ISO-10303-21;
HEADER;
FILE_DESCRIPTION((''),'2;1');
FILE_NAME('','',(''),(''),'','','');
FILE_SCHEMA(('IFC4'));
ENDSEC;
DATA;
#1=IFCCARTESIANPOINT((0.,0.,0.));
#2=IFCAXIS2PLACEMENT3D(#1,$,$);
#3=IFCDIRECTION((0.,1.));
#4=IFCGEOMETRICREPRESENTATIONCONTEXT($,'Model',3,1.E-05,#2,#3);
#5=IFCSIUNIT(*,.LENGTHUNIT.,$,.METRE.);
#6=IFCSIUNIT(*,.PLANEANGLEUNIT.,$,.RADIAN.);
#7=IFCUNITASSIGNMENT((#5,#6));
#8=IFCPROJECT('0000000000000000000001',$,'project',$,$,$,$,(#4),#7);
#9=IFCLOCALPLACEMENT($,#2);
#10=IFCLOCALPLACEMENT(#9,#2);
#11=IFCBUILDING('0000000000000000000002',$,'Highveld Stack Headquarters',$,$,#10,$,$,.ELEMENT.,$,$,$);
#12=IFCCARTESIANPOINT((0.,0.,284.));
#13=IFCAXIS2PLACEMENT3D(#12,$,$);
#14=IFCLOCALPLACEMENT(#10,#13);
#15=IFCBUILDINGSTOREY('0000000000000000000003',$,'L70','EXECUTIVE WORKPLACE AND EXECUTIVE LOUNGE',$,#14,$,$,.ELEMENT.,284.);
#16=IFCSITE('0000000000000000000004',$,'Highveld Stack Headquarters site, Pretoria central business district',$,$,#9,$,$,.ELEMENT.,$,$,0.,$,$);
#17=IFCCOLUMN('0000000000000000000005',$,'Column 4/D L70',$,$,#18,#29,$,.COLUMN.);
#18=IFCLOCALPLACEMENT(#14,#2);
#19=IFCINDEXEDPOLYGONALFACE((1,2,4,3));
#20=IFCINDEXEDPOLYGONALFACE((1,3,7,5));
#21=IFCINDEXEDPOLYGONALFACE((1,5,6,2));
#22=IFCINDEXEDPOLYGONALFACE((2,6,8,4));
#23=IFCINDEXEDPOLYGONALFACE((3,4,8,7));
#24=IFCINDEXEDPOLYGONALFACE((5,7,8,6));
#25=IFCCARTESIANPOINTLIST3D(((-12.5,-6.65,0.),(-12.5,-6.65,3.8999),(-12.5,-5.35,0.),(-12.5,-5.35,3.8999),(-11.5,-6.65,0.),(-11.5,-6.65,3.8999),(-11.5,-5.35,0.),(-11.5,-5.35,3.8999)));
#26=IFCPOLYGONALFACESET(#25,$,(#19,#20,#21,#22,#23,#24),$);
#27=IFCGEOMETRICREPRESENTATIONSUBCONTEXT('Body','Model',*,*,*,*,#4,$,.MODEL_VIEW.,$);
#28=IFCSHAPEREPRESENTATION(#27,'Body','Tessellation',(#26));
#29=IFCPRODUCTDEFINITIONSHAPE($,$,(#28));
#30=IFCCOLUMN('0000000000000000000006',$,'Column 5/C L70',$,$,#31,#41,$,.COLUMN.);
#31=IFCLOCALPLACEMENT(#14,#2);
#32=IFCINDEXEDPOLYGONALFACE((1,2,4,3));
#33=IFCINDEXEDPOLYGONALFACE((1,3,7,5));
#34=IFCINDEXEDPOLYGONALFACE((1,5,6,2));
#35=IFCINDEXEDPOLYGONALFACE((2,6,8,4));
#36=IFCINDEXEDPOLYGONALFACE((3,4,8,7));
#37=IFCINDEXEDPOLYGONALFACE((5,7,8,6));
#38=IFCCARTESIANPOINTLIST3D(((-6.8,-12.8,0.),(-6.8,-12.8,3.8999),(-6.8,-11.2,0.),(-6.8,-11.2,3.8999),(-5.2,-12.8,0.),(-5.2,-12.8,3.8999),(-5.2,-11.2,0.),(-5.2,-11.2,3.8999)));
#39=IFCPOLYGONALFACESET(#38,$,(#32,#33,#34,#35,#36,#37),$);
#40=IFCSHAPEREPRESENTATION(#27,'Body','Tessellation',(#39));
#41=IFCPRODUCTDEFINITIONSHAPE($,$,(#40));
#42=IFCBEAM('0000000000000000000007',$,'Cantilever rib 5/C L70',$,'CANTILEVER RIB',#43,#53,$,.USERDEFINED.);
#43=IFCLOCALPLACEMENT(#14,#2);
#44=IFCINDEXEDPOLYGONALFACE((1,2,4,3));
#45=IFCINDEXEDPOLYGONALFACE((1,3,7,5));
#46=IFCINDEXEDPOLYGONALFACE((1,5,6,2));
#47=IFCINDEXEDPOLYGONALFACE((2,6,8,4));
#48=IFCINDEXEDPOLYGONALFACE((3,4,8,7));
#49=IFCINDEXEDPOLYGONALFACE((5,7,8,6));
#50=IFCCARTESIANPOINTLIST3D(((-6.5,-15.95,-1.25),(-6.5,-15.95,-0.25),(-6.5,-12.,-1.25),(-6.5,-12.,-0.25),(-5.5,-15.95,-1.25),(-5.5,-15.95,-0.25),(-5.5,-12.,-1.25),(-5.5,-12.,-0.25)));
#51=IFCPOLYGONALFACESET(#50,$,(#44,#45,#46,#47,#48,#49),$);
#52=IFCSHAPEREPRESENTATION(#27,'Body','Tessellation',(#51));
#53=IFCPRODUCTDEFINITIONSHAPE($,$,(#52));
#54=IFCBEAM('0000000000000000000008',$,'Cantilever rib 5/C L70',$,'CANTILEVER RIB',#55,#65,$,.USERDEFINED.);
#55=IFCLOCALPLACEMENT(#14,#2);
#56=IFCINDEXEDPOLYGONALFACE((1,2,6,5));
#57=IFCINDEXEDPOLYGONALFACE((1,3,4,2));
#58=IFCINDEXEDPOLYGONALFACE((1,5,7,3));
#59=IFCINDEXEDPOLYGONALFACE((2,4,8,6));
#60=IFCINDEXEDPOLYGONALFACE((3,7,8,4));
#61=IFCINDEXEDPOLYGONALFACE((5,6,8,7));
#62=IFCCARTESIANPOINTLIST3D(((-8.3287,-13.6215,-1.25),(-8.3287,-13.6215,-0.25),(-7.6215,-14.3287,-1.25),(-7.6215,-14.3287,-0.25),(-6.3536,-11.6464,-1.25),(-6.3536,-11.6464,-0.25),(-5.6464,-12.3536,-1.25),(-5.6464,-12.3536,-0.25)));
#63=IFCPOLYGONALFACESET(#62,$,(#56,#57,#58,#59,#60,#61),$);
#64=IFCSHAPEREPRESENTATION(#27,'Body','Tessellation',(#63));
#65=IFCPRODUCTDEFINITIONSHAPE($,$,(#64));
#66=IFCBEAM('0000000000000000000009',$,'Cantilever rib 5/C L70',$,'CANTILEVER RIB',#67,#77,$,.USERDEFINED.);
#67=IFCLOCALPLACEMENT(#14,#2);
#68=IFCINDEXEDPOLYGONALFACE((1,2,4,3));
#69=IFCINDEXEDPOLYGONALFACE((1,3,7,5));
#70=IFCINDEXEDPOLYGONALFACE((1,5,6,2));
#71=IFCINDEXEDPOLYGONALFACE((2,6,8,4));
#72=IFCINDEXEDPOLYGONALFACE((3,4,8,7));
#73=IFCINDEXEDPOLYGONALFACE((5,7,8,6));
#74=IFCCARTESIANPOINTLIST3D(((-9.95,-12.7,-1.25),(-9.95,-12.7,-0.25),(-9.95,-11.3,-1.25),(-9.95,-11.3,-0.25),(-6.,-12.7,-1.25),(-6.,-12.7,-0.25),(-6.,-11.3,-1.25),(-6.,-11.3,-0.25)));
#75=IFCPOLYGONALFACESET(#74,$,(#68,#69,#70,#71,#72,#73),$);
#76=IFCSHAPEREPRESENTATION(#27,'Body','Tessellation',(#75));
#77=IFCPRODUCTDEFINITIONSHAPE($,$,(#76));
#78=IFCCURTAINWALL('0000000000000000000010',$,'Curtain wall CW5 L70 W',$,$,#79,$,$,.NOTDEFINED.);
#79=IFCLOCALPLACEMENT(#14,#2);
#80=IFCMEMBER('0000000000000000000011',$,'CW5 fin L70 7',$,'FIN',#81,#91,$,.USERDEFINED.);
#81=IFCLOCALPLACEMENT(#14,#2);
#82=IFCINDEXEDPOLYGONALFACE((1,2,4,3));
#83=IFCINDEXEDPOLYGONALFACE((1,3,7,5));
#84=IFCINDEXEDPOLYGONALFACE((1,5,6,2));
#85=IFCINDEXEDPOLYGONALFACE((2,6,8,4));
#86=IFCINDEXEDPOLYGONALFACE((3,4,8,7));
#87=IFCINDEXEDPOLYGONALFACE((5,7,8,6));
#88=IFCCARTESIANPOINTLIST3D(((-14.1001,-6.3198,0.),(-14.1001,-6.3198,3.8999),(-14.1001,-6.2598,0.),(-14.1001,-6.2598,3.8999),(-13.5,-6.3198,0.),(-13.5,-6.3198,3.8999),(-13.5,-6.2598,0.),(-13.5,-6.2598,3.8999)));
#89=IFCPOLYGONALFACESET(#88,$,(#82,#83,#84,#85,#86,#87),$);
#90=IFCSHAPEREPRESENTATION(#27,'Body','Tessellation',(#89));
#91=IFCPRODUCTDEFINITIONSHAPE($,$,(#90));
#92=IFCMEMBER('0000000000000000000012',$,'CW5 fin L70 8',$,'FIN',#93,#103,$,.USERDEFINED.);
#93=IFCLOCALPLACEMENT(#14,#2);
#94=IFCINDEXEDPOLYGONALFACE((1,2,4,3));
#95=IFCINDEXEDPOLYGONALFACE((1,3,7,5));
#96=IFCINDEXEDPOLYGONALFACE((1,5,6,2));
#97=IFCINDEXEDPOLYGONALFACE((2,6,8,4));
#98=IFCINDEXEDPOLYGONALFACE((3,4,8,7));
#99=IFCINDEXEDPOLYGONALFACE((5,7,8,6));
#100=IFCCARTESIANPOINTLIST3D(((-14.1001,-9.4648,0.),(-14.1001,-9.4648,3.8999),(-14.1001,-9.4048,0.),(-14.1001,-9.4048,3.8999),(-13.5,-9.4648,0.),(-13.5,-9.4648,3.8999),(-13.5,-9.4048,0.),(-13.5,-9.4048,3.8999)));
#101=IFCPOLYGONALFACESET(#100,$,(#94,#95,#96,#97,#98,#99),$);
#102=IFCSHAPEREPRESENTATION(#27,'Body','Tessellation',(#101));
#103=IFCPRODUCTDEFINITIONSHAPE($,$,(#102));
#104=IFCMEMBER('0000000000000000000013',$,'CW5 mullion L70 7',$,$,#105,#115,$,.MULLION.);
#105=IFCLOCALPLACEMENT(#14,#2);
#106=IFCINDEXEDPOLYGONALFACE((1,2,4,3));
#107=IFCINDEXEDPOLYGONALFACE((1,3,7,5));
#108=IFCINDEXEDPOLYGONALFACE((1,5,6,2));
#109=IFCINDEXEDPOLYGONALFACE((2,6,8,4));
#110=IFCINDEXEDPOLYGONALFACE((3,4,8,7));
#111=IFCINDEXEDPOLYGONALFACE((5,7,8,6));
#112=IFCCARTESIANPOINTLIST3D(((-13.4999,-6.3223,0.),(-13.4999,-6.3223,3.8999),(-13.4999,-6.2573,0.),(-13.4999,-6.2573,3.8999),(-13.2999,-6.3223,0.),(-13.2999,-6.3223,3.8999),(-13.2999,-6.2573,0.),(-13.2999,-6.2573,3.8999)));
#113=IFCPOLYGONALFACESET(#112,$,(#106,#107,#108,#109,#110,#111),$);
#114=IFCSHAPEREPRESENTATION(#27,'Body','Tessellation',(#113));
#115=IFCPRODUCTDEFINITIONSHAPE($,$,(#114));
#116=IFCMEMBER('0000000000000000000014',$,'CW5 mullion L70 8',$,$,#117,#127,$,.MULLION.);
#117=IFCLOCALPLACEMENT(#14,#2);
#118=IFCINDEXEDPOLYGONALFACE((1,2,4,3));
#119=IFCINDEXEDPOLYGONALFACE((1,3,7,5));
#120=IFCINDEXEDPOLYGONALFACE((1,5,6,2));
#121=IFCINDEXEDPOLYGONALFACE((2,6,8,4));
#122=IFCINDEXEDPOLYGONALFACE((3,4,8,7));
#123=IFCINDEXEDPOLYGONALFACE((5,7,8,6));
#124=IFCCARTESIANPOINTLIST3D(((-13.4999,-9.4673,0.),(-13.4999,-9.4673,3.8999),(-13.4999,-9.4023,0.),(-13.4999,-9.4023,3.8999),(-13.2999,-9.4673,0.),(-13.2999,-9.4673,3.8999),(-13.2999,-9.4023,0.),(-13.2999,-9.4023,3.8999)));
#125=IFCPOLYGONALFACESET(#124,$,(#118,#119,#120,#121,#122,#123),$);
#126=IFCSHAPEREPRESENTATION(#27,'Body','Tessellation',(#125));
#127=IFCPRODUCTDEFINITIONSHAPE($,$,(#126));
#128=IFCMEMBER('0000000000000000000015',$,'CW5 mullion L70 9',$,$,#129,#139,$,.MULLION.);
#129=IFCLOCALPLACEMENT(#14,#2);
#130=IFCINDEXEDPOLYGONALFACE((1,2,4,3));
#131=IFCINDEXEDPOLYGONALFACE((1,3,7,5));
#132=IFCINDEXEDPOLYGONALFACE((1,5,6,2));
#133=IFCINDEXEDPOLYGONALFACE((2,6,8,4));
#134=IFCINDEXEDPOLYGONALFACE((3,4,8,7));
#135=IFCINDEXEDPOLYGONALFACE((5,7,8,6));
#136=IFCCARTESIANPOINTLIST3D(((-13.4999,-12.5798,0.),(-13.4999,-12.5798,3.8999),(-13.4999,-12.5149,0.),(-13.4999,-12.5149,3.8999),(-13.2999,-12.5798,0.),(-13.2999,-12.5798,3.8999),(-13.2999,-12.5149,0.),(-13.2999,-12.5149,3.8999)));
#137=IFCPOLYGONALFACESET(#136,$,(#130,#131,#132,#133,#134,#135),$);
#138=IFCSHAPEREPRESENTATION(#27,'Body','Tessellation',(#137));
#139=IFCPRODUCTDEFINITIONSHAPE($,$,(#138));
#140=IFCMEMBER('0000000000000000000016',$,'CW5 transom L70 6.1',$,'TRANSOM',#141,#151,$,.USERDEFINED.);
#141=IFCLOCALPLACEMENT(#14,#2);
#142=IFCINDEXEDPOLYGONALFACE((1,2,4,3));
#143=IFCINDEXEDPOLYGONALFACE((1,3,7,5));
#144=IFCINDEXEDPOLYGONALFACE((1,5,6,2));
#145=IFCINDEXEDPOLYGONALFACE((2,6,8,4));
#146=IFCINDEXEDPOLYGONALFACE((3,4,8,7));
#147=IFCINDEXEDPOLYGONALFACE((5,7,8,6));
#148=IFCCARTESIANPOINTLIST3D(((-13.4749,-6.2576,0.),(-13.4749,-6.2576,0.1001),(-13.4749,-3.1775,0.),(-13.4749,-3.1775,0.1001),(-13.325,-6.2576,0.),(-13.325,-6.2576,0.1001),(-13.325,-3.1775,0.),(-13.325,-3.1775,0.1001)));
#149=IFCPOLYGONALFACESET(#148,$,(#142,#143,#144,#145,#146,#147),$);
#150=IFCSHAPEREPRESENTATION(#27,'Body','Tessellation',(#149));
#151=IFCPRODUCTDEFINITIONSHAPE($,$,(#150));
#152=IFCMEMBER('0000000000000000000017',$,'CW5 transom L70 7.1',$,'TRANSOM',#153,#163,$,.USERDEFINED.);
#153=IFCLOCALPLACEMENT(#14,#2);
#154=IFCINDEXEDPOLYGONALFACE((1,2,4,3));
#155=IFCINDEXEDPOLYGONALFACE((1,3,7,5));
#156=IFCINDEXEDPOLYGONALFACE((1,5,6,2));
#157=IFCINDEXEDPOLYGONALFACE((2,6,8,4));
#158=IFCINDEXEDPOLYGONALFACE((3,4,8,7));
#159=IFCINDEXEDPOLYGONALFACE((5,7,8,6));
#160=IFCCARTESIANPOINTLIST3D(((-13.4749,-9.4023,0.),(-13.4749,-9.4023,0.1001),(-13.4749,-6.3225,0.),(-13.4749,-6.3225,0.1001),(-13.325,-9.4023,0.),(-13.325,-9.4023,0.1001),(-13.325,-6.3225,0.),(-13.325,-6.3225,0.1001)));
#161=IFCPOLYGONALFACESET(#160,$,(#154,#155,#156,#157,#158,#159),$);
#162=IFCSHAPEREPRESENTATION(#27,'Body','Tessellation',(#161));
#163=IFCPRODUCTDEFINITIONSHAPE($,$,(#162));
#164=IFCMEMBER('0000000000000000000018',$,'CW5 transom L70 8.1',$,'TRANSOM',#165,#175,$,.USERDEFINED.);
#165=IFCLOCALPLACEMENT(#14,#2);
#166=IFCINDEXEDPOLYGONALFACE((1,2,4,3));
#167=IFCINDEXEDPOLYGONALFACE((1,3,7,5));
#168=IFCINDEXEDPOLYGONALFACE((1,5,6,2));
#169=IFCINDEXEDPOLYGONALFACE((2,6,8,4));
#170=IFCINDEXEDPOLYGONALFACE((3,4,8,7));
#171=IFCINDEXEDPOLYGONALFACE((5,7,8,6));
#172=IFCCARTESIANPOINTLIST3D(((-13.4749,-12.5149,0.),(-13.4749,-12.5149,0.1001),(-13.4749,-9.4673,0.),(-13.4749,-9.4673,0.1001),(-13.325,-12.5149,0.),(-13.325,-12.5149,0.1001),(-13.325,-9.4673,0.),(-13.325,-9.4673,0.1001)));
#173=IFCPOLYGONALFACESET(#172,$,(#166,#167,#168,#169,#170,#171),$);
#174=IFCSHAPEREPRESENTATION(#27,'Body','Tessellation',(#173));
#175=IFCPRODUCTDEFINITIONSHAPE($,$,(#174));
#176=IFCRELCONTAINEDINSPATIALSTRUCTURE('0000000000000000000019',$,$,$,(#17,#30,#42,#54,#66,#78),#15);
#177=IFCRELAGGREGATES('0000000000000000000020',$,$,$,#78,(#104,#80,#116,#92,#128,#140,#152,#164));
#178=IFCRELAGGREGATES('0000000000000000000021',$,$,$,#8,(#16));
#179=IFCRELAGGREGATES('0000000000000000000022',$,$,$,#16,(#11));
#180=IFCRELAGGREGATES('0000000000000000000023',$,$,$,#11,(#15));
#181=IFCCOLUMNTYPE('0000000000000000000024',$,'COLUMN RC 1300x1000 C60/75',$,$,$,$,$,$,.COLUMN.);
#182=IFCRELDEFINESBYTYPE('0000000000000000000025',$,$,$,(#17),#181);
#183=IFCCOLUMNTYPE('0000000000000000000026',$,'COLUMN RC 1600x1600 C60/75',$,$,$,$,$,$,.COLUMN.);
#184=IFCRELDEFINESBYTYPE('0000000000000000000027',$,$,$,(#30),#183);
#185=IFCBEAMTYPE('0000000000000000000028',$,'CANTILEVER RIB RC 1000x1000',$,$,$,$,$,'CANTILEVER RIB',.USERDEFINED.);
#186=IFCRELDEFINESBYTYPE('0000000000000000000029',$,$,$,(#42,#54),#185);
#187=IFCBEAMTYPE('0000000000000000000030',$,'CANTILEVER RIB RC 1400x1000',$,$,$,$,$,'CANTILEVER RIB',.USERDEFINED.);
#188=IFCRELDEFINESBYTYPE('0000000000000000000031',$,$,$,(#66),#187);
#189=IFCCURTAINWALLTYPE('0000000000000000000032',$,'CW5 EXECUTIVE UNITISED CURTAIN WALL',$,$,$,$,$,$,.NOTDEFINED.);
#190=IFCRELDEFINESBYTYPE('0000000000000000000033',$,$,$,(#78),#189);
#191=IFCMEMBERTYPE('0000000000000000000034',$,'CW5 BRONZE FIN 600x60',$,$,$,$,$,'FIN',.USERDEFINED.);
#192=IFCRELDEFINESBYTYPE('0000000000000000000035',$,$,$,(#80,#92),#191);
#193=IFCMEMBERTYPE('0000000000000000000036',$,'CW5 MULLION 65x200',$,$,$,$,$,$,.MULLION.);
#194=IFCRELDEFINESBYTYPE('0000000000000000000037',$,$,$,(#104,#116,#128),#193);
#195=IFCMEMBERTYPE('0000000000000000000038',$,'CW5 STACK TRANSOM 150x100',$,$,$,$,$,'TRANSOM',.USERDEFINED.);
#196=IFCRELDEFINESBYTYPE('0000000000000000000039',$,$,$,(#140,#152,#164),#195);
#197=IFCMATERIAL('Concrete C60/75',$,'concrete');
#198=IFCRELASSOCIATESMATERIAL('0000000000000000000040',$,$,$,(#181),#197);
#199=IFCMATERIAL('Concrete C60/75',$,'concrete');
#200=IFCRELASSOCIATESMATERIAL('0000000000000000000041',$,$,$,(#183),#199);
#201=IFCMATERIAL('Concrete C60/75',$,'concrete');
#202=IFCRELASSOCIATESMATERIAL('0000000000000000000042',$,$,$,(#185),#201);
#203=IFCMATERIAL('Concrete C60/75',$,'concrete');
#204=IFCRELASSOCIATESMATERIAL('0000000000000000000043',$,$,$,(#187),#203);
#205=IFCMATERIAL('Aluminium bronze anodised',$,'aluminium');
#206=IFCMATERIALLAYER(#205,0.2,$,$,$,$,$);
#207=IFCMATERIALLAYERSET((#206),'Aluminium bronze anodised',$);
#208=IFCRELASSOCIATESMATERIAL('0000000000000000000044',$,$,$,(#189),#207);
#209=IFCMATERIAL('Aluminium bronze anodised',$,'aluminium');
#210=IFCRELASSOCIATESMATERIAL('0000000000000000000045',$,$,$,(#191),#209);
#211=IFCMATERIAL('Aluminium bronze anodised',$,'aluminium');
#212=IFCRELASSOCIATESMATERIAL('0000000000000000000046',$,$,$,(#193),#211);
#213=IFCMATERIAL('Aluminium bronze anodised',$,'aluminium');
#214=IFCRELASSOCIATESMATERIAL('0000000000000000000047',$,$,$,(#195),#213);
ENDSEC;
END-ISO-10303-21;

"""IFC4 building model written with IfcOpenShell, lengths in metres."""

from ifc_helpers import new_model, si_unit, direction, frame, origin, origin_2d, place, context, subcontext, project, spatial, rectangle, extrude, material, layer, layer_set, material_profile, profile_set, type_object, element, aggregate, save


model = new_model("IFC4")

# Units and contexts
model_context = context("Model", 3, precision=1e-05, world=origin(), true_north=direction((0.0, 1.0)))
body_context = subcontext(model_context, "Body", "Model", "MODEL_VIEW")
ifc_project = project(units=[si_unit("LENGTHUNIT", "METRE"), si_unit("PLANEANGLEUNIT", "RADIAN")], contexts=[model_context])

# Site, building, storey
site_placement = place(None, origin())
site = spatial("IfcSite", under=ifc_project, at=site_placement, Name="Highveld Stack Headquarters site, Pretoria central business district", CompositionType="ELEMENT", RefElevation=0.0)
building_placement = place(site_placement, origin())
building = spatial("IfcBuilding", under=site, at=building_placement, Name="Highveld Stack Headquarters", CompositionType="ELEMENT")
storey_placement = place(building_placement, frame((0.0, 0.0, 284.0)))
storey = spatial("IfcBuildingStorey", under=building, at=storey_placement, Name="L70", Description="EXECUTIVE WORKPLACE AND EXECUTIVE LOUNGE", CompositionType="ELEMENT", Elevation=284.0)

# Columns
ifc_material_1 = material(Name="Concrete C60/75", Category="concrete")
ifc_material_profile_1 = material_profile(ifc_material_1, rectangle(XDim=1.3, YDim=1.0, at=origin_2d()), Name="RC 1300x1000")
ifc_profile_set_1 = profile_set([ifc_material_profile_1], Name="Concrete C60/75")
column_type_1 = type_object("IfcColumnType", Name="COLUMN RC 1300x1000 C60/75", PredefinedType="COLUMN", material=ifc_profile_set_1)
column_1_placement = place(storey_placement, frame((-12.0, -6.0, 0.0), z_axis=(0.0, 0.0, 1.0), x_axis=(0.0, 1.0, 0.0)))
element("IfcColumn", 1, at=column_1_placement, inside=storey, type_object=column_type_1, Name="Column 4/D L70", PredefinedType="COLUMN", context=body_context, shape_type="SweptSolid", body=[
    extrude(rectangle(XDim=1.3, YDim=1.0, at=origin_2d()), origin(), (0.0, 0.0, 1.0), 3.8999),
])
ifc_material_2 = material(Name="Concrete C60/75", Category="concrete")
ifc_material_profile_2 = material_profile(ifc_material_2, rectangle(XDim=1.6001, YDim=1.6001, at=origin_2d()), Name="RC 1600x1600")
ifc_profile_set_2 = profile_set([ifc_material_profile_2], Name="Concrete C60/75")
column_type_2 = type_object("IfcColumnType", Name="COLUMN RC 1600x1600 C60/75", PredefinedType="COLUMN", material=ifc_profile_set_2)
column_2_placement = place(storey_placement, frame((-6.0, -12.0, 0.0), z_axis=(0.0, 0.0, 1.0), x_axis=(1.0, 0.0, 0.0)))
element("IfcColumn", 2, at=column_2_placement, inside=storey, type_object=column_type_2, Name="Column 5/C L70", PredefinedType="COLUMN", context=body_context, shape_type="SweptSolid", body=[
    extrude(rectangle(XDim=1.6001, YDim=1.6001, at=origin_2d()), origin(), (0.0, 0.0, 1.0), 3.8999),
])

# Beams
ifc_material_3 = material(Name="Concrete C60/75", Category="concrete")
ifc_material_profile_3 = material_profile(ifc_material_3, rectangle(XDim=1.0, YDim=1.0, at=origin_2d()), Name="RC 1000x1000")
ifc_profile_set_3 = profile_set([ifc_material_profile_3], Name="Concrete C60/75")
beam_type_1 = type_object("IfcBeamType", Name="CANTILEVER RIB RC 1000x1000", ElementType="CANTILEVER RIB", PredefinedType="USERDEFINED", material=ifc_profile_set_3)
beam_1_placement = place(storey_placement, frame((-6.0, -12.0, -0.75), z_axis=(0.0, -1.0, 0.0), x_axis=(1.0, 0.0, 0.0)))
element("IfcBeam", 3, at=beam_1_placement, inside=storey, type_object=beam_type_1, Name="Cantilever rib 5/C L70", ObjectType="CANTILEVER RIB", PredefinedType="USERDEFINED", context=body_context, shape_type="SweptSolid", body=[
    extrude(rectangle(XDim=1.0, YDim=1.0, at=origin_2d()), origin(), (0.0, 0.0, 1.0), 3.95),
])
beam_2_placement = place(storey_placement, frame((-6.0, -12.0, -0.75), z_axis=(-0.707107, -0.707107, 0.0), x_axis=(0.707107, -0.707107, 0.0)))
element("IfcBeam", 4, at=beam_2_placement, inside=storey, type_object=beam_type_1, Name="Cantilever rib 5/C L70", ObjectType="CANTILEVER RIB", PredefinedType="USERDEFINED", context=body_context, shape_type="SweptSolid", body=[
    extrude(rectangle(XDim=1.0, YDim=1.0, at=origin_2d()), origin(), (0.0, 0.0, 1.0), 2.7932),
])
ifc_material_4 = material(Name="Concrete C60/75", Category="concrete")
ifc_material_profile_4 = material_profile(ifc_material_4, rectangle(XDim=1.3999, YDim=1.0, at=origin_2d()), Name="RC 1400x1000")
ifc_profile_set_4 = profile_set([ifc_material_profile_4], Name="Concrete C60/75")
beam_type_2 = type_object("IfcBeamType", Name="CANTILEVER RIB RC 1400x1000", ElementType="CANTILEVER RIB", PredefinedType="USERDEFINED", material=ifc_profile_set_4)
beam_3_placement = place(storey_placement, frame((-6.0, -12.0, -0.75), z_axis=(-1.0, 0.0, 0.0), x_axis=(0.0, -1.0, 0.0)))
element("IfcBeam", 5, at=beam_3_placement, inside=storey, type_object=beam_type_2, Name="Cantilever rib 5/C L70", ObjectType="CANTILEVER RIB", PredefinedType="USERDEFINED", context=body_context, shape_type="SweptSolid", body=[
    extrude(rectangle(XDim=1.3999, YDim=1.0, at=origin_2d()), origin(), (0.0, 0.0, 1.0), 3.95),
])

# Curtain wall, members
ifc_material_5 = material(Name="Aluminium bronze anodised", Category="aluminium")
ifc_layer_1 = layer(ifc_material_5, 0.2)
ifc_layer_set_1 = layer_set([ifc_layer_1], Name="Aluminium bronze anodised")
curtain_wall_type = type_object("IfcCurtainWallType", Name="CW5 EXECUTIVE UNITISED CURTAIN WALL", PredefinedType="NOTDEFINED", material=ifc_layer_set_1)
curtain_wall_placement = place(storey_placement, origin())
curtain_wall = element("IfcCurtainWall", 6, at=curtain_wall_placement, inside=storey, type_object=curtain_wall_type, Name="Curtain wall CW5 L70 W", PredefinedType="NOTDEFINED")
ifc_material_6 = material(Name="Aluminium bronze anodised", Category="aluminium")
ifc_material_profile_5 = material_profile(ifc_material_6, rectangle(XDim=0.6001, YDim=0.0601, at=origin_2d()), Name="FIN 600x60")
ifc_profile_set_5 = profile_set([ifc_material_profile_5], Name="Aluminium bronze anodised")
member_type_1 = type_object("IfcMemberType", Name="CW5 BRONZE FIN 600x60", ElementType="FIN", PredefinedType="USERDEFINED", material=ifc_profile_set_5)
member_1_placement = place(storey_placement, frame((-13.8, -6.2898, 0.0), z_axis=(0.0, 0.0, 1.0), x_axis=(1.0, 0.0, 0.0)))
member_1 = element("IfcMember", 7, at=member_1_placement, type_object=member_type_1, Name="CW5 fin L70 7", ObjectType="FIN", PredefinedType="USERDEFINED", context=body_context, shape_type="SweptSolid", body=[
    extrude(rectangle(XDim=0.6001, YDim=0.0601, at=origin_2d()), origin(), (0.0, 0.0, 1.0), 3.8999),
])
member_2_placement = place(storey_placement, frame((-13.8, -9.4348, 0.0), z_axis=(0.0, 0.0, 1.0), x_axis=(1.0, 0.0, 0.0)))
member_2 = element("IfcMember", 8, at=member_2_placement, type_object=member_type_1, Name="CW5 fin L70 8", ObjectType="FIN", PredefinedType="USERDEFINED", context=body_context, shape_type="SweptSolid", body=[
    extrude(rectangle(XDim=0.6001, YDim=0.0601, at=origin_2d()), origin(), (0.0, 0.0, 1.0), 3.8999),
])
ifc_material_7 = material(Name="Aluminium bronze anodised", Category="aluminium")
ifc_material_profile_6 = material_profile(ifc_material_7, rectangle(XDim=0.2, YDim=0.0649, at=origin_2d()), Name="CW5 MULLION 65x200")
ifc_profile_set_6 = profile_set([ifc_material_profile_6], Name="Aluminium bronze anodised")
member_type_2 = type_object("IfcMemberType", Name="CW5 MULLION 65x200", PredefinedType="MULLION", material=ifc_profile_set_6)
member_3_placement = place(storey_placement, frame((-13.3999, -6.2898, 0.0), z_axis=(0.0, 0.0, 1.0), x_axis=(1.0, 0.0, 0.0)))
member_3 = element("IfcMember", 9, at=member_3_placement, type_object=member_type_2, Name="CW5 mullion L70 7", PredefinedType="MULLION", context=body_context, shape_type="SweptSolid", body=[
    extrude(rectangle(XDim=0.2, YDim=0.0649, at=origin_2d()), origin(), (0.0, 0.0, 1.0), 3.8999),
])
member_4_placement = place(storey_placement, frame((-13.3999, -9.4348, 0.0), z_axis=(0.0, 0.0, 1.0), x_axis=(1.0, 0.0, 0.0)))
member_4 = element("IfcMember", 10, at=member_4_placement, type_object=member_type_2, Name="CW5 mullion L70 8", PredefinedType="MULLION", context=body_context, shape_type="SweptSolid", body=[
    extrude(rectangle(XDim=0.2, YDim=0.0649, at=origin_2d()), origin(), (0.0, 0.0, 1.0), 3.8999),
])
member_5_placement = place(storey_placement, frame((-13.3999, -12.5474, 0.0), z_axis=(0.0, 0.0, 1.0), x_axis=(1.0, 0.0, 0.0)))
member_5 = element("IfcMember", 11, at=member_5_placement, type_object=member_type_2, Name="CW5 mullion L70 9", PredefinedType="MULLION", context=body_context, shape_type="SweptSolid", body=[
    extrude(rectangle(XDim=0.2, YDim=0.0649, at=origin_2d()), origin(), (0.0, 0.0, 1.0), 3.8999),
])
ifc_material_8 = material(Name="Aluminium bronze anodised", Category="aluminium")
ifc_material_profile_7 = material_profile(ifc_material_8, rectangle(XDim=0.1499, YDim=0.1001, at=origin_2d()), Name="CW5 TRANSOM 150x100")
ifc_profile_set_7 = profile_set([ifc_material_profile_7], Name="Aluminium bronze anodised")
member_type_3 = type_object("IfcMemberType", Name="CW5 STACK TRANSOM 150x100", ElementType="TRANSOM", PredefinedType="USERDEFINED", material=ifc_profile_set_7)
member_6_placement = place(storey_placement, frame((-13.3999, -3.1775, 0.05), z_axis=(0.0, -1.0, 0.0), x_axis=(1.0, 0.0, 0.0)))
member_6 = element("IfcMember", 12, at=member_6_placement, type_object=member_type_3, Name="CW5 transom L70 6.1", ObjectType="TRANSOM", PredefinedType="USERDEFINED", context=body_context, shape_type="SweptSolid", body=[
    extrude(rectangle(XDim=0.1499, YDim=0.1001, at=origin_2d()), origin(), (0.0, 0.0, 1.0), 3.0801),
])
member_7_placement = place(storey_placement, frame((-13.3999, -6.3225, 0.05), z_axis=(0.0, -1.0, 0.0), x_axis=(1.0, 0.0, 0.0)))
member_7 = element("IfcMember", 13, at=member_7_placement, type_object=member_type_3, Name="CW5 transom L70 7.1", ObjectType="TRANSOM", PredefinedType="USERDEFINED", context=body_context, shape_type="SweptSolid", body=[
    extrude(rectangle(XDim=0.1499, YDim=0.1001, at=origin_2d()), origin(), (0.0, 0.0, 1.0), 3.0798),
])
member_8_placement = place(storey_placement, frame((-13.3999, -9.4673, 0.05), z_axis=(0.0, -1.0, 0.0), x_axis=(1.0, 0.0, 0.0)))
member_8 = element("IfcMember", 14, at=member_8_placement, type_object=member_type_3, Name="CW5 transom L70 8.1", ObjectType="TRANSOM", PredefinedType="USERDEFINED", context=body_context, shape_type="SweptSolid", body=[
    extrude(rectangle(XDim=0.1499, YDim=0.1001, at=origin_2d()), origin(), (0.0, 0.0, 1.0), 3.0476),
])

aggregate(curtain_wall, [member_3, member_1, member_4, member_2, member_5, member_6, member_7, member_8])

save(model, "model.ifc")
